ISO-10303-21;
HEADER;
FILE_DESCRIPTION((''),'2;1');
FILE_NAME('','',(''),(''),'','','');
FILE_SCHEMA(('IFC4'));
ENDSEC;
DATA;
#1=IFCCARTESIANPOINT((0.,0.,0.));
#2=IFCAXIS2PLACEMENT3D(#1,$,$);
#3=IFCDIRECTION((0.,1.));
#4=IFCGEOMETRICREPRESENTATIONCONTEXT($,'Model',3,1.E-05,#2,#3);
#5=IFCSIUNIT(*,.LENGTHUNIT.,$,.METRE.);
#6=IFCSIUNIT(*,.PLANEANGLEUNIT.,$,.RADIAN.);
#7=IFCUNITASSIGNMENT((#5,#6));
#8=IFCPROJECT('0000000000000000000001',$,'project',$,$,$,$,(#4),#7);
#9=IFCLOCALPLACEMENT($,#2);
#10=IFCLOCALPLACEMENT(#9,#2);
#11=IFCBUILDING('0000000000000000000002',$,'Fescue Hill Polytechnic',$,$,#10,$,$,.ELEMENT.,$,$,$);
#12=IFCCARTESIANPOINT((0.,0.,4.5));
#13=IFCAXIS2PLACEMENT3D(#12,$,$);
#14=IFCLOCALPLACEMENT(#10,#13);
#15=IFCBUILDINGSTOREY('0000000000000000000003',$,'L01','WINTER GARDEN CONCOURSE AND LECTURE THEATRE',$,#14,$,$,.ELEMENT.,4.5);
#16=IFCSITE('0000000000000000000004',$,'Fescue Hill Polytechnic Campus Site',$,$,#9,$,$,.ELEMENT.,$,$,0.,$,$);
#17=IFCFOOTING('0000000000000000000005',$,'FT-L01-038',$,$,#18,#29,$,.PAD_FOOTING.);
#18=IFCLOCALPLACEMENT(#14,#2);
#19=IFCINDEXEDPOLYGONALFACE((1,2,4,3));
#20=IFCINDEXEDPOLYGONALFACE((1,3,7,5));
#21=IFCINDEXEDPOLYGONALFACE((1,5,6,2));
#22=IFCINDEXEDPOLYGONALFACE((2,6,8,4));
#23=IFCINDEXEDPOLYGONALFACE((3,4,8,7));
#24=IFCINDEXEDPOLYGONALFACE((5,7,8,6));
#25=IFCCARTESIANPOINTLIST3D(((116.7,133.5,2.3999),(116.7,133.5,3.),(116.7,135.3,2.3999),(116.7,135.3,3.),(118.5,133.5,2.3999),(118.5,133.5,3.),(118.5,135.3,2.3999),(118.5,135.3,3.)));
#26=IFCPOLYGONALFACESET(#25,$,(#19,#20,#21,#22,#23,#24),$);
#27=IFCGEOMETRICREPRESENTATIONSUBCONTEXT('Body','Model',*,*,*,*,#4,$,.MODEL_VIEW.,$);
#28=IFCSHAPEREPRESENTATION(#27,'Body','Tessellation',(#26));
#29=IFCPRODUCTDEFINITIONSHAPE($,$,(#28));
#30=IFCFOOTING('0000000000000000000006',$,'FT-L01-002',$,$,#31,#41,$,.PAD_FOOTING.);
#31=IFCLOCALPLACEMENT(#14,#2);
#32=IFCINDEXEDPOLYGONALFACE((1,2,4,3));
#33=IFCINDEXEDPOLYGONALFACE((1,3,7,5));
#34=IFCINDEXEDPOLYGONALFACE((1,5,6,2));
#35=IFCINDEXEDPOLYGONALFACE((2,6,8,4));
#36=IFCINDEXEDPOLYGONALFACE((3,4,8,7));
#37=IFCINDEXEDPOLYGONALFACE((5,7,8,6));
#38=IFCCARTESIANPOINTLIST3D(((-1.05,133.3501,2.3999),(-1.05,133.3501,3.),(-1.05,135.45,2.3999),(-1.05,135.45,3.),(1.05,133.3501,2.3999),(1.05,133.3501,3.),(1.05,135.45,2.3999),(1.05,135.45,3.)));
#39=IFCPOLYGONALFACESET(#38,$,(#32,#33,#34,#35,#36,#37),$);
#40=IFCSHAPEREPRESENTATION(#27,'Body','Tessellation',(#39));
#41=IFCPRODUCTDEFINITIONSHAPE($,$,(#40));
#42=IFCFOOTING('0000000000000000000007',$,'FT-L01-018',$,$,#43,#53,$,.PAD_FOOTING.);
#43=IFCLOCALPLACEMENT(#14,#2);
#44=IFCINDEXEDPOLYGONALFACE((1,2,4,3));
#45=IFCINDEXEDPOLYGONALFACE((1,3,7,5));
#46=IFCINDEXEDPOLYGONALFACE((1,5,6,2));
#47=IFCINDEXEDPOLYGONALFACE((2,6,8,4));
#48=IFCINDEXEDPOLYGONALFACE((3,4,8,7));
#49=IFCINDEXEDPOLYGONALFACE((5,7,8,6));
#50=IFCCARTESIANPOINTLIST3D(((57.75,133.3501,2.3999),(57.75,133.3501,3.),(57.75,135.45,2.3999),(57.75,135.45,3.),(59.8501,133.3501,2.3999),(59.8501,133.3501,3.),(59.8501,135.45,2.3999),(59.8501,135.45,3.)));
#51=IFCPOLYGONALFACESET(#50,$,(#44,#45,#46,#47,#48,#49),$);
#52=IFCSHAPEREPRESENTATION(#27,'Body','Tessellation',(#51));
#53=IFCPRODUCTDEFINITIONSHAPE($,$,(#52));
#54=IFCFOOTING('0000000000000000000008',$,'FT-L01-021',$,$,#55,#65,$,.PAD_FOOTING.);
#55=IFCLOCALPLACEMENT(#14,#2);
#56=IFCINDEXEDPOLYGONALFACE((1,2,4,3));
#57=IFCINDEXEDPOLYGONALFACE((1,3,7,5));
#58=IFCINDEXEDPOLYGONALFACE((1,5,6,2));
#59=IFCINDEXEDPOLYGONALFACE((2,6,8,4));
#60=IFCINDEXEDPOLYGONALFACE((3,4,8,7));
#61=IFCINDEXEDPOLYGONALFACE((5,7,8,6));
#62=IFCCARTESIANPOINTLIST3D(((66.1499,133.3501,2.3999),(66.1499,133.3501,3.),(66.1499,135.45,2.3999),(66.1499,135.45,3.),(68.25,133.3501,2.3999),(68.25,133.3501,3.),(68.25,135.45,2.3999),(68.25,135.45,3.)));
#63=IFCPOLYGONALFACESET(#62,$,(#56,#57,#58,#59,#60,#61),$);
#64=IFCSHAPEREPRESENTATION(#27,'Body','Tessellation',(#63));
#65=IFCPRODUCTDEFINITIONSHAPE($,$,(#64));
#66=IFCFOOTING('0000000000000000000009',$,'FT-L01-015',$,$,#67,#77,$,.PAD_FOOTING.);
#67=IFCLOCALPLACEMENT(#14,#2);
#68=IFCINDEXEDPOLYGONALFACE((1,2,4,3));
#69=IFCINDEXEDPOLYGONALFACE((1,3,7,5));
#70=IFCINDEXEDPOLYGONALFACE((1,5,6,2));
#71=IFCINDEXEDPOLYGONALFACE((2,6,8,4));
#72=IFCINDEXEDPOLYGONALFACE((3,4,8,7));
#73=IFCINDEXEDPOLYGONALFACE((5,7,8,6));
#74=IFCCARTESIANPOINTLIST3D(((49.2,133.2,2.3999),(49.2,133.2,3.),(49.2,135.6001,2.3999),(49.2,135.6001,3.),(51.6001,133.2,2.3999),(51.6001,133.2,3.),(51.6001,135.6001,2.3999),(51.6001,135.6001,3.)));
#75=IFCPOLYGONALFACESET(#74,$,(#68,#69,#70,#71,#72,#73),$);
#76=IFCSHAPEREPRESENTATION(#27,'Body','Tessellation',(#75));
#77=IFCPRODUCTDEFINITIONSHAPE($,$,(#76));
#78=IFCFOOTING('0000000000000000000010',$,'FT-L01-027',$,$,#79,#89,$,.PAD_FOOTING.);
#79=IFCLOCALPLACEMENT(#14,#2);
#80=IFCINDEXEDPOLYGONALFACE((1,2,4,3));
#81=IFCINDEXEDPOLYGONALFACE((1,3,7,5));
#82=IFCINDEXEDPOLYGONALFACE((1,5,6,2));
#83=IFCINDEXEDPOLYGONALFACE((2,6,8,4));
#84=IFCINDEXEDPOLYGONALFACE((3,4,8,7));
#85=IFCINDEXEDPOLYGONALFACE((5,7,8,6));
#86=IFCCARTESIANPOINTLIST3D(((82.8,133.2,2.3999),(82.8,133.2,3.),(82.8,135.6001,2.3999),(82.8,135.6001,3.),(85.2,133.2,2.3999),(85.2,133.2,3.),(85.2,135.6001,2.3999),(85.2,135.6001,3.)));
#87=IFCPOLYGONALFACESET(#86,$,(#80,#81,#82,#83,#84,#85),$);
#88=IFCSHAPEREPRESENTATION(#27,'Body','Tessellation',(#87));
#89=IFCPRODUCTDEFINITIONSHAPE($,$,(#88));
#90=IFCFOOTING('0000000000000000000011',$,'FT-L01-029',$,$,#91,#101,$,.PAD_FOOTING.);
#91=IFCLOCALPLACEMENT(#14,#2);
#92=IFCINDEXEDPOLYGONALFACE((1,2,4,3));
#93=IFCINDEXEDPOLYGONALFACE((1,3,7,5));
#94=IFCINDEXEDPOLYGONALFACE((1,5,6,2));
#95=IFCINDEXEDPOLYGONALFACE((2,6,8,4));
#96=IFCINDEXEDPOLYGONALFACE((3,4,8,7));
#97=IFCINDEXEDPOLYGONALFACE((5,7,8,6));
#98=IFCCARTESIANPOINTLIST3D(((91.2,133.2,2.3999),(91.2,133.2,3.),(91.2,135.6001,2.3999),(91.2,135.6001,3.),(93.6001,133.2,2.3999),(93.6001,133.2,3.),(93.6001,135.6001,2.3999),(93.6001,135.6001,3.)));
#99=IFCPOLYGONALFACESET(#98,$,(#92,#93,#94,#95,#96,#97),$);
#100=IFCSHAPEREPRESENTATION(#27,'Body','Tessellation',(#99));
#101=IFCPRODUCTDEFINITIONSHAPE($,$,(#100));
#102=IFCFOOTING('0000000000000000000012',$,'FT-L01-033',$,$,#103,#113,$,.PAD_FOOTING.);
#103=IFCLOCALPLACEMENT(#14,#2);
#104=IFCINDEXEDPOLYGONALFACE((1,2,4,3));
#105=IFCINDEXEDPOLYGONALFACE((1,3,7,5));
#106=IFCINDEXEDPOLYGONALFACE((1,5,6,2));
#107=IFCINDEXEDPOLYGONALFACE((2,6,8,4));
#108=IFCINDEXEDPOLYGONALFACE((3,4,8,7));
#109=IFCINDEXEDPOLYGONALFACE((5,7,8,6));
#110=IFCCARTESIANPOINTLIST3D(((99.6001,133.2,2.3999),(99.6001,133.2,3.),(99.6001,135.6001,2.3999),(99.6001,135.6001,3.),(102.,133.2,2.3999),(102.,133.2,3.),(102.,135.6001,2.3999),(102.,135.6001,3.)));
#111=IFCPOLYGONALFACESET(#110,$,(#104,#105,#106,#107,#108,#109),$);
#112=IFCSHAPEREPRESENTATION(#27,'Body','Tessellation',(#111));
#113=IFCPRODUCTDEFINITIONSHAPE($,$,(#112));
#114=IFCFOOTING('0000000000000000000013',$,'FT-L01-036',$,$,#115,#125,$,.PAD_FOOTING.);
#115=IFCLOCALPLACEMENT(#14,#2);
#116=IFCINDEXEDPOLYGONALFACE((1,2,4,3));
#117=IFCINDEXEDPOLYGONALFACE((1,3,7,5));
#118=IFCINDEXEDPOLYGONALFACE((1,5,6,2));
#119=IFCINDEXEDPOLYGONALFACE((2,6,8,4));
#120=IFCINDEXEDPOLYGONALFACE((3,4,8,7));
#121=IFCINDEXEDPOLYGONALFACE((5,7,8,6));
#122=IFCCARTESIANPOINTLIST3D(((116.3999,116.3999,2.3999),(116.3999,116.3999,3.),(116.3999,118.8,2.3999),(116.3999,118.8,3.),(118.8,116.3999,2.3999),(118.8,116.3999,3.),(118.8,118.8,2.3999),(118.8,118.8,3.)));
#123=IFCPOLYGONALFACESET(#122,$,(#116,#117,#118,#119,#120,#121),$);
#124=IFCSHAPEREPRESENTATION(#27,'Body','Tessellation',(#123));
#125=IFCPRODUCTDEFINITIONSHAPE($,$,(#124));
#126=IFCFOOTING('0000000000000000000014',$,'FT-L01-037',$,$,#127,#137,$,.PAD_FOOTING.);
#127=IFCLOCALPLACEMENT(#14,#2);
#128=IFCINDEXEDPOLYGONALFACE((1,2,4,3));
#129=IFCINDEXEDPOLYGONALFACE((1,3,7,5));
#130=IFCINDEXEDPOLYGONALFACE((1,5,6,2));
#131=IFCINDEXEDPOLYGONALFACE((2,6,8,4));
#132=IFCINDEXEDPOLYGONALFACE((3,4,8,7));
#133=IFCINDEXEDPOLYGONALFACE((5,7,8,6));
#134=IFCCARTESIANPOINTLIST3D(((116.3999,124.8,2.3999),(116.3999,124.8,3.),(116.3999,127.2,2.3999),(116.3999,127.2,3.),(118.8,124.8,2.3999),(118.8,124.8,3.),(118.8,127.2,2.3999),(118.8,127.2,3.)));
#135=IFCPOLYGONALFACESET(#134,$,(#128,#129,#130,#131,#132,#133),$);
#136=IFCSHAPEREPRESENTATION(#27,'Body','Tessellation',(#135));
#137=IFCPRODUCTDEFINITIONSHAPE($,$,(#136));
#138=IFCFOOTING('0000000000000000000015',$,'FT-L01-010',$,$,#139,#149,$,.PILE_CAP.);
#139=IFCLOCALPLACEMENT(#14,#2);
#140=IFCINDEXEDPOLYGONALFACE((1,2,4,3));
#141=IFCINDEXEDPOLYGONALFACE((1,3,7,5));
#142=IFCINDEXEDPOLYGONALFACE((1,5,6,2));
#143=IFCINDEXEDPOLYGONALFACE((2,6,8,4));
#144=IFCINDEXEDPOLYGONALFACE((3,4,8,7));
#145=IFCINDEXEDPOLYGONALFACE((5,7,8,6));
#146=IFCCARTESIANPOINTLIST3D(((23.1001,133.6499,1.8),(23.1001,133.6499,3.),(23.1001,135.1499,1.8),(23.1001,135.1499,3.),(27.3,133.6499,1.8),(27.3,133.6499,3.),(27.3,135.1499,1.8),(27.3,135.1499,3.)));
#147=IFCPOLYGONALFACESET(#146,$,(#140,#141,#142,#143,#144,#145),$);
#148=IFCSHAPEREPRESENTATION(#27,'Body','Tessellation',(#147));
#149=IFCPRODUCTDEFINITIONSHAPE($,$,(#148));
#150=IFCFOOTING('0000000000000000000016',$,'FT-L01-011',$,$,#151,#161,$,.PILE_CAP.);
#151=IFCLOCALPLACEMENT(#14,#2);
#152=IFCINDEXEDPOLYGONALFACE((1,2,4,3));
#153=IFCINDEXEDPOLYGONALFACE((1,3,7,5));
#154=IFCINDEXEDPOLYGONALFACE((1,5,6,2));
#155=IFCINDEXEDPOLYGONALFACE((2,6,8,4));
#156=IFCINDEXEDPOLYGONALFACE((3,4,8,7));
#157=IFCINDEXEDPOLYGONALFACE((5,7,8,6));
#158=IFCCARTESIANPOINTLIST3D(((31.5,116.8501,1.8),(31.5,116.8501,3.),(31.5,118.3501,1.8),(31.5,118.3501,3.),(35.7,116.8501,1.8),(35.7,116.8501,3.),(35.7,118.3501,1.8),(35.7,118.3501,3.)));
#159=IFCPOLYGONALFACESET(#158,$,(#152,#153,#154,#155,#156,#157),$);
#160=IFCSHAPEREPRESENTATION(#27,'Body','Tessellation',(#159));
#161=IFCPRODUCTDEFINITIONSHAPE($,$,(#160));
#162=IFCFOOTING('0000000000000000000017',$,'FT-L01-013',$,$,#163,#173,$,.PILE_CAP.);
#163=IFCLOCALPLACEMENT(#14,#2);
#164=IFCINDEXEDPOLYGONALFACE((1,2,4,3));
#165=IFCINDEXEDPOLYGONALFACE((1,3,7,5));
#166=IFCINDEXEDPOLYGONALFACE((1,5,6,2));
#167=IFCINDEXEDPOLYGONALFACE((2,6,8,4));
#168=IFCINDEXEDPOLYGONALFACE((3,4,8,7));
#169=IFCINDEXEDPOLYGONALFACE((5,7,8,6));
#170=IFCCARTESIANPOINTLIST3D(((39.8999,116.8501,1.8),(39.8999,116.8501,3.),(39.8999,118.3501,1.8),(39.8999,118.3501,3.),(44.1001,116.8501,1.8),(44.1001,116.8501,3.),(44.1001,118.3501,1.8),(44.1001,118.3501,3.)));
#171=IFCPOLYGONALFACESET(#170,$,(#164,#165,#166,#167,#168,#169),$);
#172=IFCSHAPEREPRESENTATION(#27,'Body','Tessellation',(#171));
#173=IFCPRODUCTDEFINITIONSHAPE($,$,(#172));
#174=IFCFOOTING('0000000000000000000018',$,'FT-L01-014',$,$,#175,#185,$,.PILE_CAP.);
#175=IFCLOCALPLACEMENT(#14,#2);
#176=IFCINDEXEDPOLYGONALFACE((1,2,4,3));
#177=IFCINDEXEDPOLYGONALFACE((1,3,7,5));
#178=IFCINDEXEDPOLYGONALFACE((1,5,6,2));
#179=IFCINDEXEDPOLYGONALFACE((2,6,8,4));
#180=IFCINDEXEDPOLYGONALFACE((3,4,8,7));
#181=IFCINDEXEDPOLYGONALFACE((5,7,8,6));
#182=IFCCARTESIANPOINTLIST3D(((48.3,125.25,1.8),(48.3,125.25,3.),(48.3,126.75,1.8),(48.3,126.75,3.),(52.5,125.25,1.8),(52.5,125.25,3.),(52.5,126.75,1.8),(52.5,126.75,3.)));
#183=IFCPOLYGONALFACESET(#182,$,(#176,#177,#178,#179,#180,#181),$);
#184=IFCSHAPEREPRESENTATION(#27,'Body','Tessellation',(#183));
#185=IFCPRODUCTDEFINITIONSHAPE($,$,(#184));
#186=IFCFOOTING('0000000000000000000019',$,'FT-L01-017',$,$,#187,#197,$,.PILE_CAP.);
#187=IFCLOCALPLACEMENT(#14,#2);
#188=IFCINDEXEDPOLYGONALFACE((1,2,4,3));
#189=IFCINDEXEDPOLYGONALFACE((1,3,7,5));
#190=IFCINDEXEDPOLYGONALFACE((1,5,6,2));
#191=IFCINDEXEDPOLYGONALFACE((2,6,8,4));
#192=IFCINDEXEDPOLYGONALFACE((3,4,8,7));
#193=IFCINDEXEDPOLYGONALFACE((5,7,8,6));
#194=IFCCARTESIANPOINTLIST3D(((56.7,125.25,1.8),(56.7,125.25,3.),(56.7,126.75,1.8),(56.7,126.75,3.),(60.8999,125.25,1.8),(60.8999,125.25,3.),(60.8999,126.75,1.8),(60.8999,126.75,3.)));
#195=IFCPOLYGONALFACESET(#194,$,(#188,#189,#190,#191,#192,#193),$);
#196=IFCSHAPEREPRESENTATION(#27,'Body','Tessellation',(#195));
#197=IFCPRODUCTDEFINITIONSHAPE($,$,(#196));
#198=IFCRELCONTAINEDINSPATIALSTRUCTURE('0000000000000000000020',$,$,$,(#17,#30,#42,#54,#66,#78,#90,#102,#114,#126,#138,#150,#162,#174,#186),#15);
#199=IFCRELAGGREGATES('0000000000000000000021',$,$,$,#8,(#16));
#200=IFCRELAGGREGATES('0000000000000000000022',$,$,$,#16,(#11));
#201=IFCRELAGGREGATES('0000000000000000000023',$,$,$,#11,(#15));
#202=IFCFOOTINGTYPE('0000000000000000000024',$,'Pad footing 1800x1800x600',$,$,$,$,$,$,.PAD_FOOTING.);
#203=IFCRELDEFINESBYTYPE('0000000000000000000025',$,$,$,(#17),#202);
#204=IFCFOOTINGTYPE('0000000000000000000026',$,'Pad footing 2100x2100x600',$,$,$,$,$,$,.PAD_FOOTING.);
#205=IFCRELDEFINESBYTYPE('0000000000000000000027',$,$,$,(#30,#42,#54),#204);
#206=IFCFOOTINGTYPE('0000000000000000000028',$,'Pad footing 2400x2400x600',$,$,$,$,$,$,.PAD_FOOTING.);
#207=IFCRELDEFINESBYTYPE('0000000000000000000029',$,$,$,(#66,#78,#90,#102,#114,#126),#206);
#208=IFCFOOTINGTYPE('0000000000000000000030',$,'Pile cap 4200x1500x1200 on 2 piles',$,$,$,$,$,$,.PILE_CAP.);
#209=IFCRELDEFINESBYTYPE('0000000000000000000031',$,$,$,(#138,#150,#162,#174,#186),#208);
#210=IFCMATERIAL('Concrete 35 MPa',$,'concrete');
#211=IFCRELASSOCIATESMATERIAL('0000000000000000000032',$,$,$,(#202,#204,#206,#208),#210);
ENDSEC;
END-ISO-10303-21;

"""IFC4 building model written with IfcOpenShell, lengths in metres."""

from ifc_helpers import new_model, si_unit, direction, frame, origin, place, context, subcontext, project, spatial, polyline, outline, extrude, material, type_object, element, save


model = new_model("IFC4")

# Units and contexts
model_context = context("Model", 3, precision=1e-05, world=origin(), true_north=direction((0.0, 1.0)))
body_context = subcontext(model_context, "Body", "Model", "MODEL_VIEW")
ifc_project = project(units=[si_unit("LENGTHUNIT", "METRE"), si_unit("PLANEANGLEUNIT", "RADIAN")], contexts=[model_context])

# Site, building, storey
site_placement = place(None, origin())
site = spatial("IfcSite", under=ifc_project, at=site_placement, Name="Fescue Hill Polytechnic Campus Site", CompositionType="ELEMENT", RefElevation=0.0)
building_placement = place(site_placement, origin())
building = spatial("IfcBuilding", under=site, at=building_placement, Name="Fescue Hill Polytechnic", CompositionType="ELEMENT")
storey_placement = place(building_placement, frame((0.0, 0.0, 4.5)))
storey = spatial("IfcBuildingStorey", under=building, at=storey_placement, Name="L01", Description="WINTER GARDEN CONCOURSE AND LECTURE THEATRE", CompositionType="ELEMENT", Elevation=4.5)

# Footings
ifc_material_1 = material(Name="Concrete 35 MPa", Category="concrete")
footing_type_1 = type_object("IfcFootingType", Name="Pad footing 1800x1800x600", PredefinedType="PAD_FOOTING", material=ifc_material_1)
footing_1_placement = place(storey_placement, frame((0.0, 0.0, 2.3999)))
element("IfcFooting", 1, at=footing_1_placement, inside=storey, type_object=footing_type_1, Name="FT-L01-038", PredefinedType="PAD_FOOTING", context=body_context, shape_type="SweptSolid", body=[
    extrude(outline(polyline([(118.5, 133.5), (118.5, 135.3), (116.7, 135.3), (116.7, 133.5), (118.5, 133.5)])), origin(), (0.0, 0.0, 1.0), 0.6001),
])
footing_type_2 = type_object("IfcFootingType", Name="Pad footing 2100x2100x600", PredefinedType="PAD_FOOTING", material=ifc_material_1)
footing_2_placement = place(storey_placement, frame((0.0, 0.0, 2.3999)))
element("IfcFooting", 2, at=footing_2_placement, inside=storey, type_object=footing_type_2, Name="FT-L01-002", PredefinedType="PAD_FOOTING", context=body_context, shape_type="SweptSolid", body=[
    extrude(outline(polyline([(1.05, 133.3501), (1.05, 135.45), (-1.05, 135.45), (-1.05, 133.3501), (1.05, 133.3501)])), origin(), (0.0, 0.0, 1.0), 0.6001),
])
footing_3_placement = place(storey_placement, frame((0.0, 0.0, 2.3999)))
element("IfcFooting", 3, at=footing_3_placement, inside=storey, type_object=footing_type_2, Name="FT-L01-018", PredefinedType="PAD_FOOTING", context=body_context, shape_type="SweptSolid", body=[
    extrude(outline(polyline([(59.8501, 133.3501), (59.8501, 135.45), (57.75, 135.45), (57.75, 133.3501), (59.8501, 133.3501)])), origin(), (0.0, 0.0, 1.0), 0.6001),
])
footing_4_placement = place(storey_placement, frame((0.0, 0.0, 2.3999)))
element("IfcFooting", 4, at=footing_4_placement, inside=storey, type_object=footing_type_2, Name="FT-L01-021", PredefinedType="PAD_FOOTING", context=body_context, shape_type="SweptSolid", body=[
    extrude(outline(polyline([(68.25, 133.3501), (68.25, 135.45), (66.1499, 135.45), (66.1499, 133.3501), (68.25, 133.3501)])), origin(), (0.0, 0.0, 1.0), 0.6001),
])
footing_type_3 = type_object("IfcFootingType", Name="Pad footing 2400x2400x600", PredefinedType="PAD_FOOTING", material=ifc_material_1)
footing_5_placement = place(storey_placement, frame((0.0, 0.0, 2.3999)))
element("IfcFooting", 5, at=footing_5_placement, inside=storey, type_object=footing_type_3, Name="FT-L01-015", PredefinedType="PAD_FOOTING", context=body_context, shape_type="SweptSolid", body=[
    extrude(outline(polyline([(51.6001, 133.2), (51.6001, 135.6001), (49.2, 135.6001), (49.2, 133.2), (51.6001, 133.2)])), origin(), (0.0, 0.0, 1.0), 0.6001),
])
footing_6_placement = place(storey_placement, frame((0.0, 0.0, 2.3999)))
element("IfcFooting", 6, at=footing_6_placement, inside=storey, type_object=footing_type_3, Name="FT-L01-027", PredefinedType="PAD_FOOTING", context=body_context, shape_type="SweptSolid", body=[
    extrude(outline(polyline([(85.2, 133.2), (85.2, 135.6001), (82.8, 135.6001), (82.8, 133.2), (85.2, 133.2)])), origin(), (0.0, 0.0, 1.0), 0.6001),
])
footing_7_placement = place(storey_placement, frame((0.0, 0.0, 2.3999)))
element("IfcFooting", 7, at=footing_7_placement, inside=storey, type_object=footing_type_3, Name="FT-L01-029", PredefinedType="PAD_FOOTING", context=body_context, shape_type="SweptSolid", body=[
    extrude(outline(polyline([(93.6001, 133.2), (93.6001, 135.6001), (91.2, 135.6001), (91.2, 133.2), (93.6001, 133.2)])), origin(), (0.0, 0.0, 1.0), 0.6001),
])
footing_8_placement = place(storey_placement, frame((0.0, 0.0, 2.3999)))
element("IfcFooting", 8, at=footing_8_placement, inside=storey, type_object=footing_type_3, Name="FT-L01-033", PredefinedType="PAD_FOOTING", context=body_context, shape_type="SweptSolid", body=[
    extrude(outline(polyline([(102.0, 133.2), (102.0, 135.6001), (99.6001, 135.6001), (99.6001, 133.2), (102.0, 133.2)])), origin(), (0.0, 0.0, 1.0), 0.6001),
])
footing_9_placement = place(storey_placement, frame((0.0, 0.0, 2.3999)))
element("IfcFooting", 9, at=footing_9_placement, inside=storey, type_object=footing_type_3, Name="FT-L01-036", PredefinedType="PAD_FOOTING", context=body_context, shape_type="SweptSolid", body=[
    extrude(outline(polyline([(118.8, 116.3999), (118.8, 118.8), (116.3999, 118.8), (116.3999, 116.3999), (118.8, 116.3999)])), origin(), (0.0, 0.0, 1.0), 0.6001),
])
footing_10_placement = place(storey_placement, frame((0.0, 0.0, 2.3999)))
element("IfcFooting", 10, at=footing_10_placement, inside=storey, type_object=footing_type_3, Name="FT-L01-037", PredefinedType="PAD_FOOTING", context=body_context, shape_type="SweptSolid", body=[
    extrude(outline(polyline([(118.8, 124.8), (118.8, 127.2), (116.3999, 127.2), (116.3999, 124.8), (118.8, 124.8)])), origin(), (0.0, 0.0, 1.0), 0.6001),
])
footing_type_4 = type_object("IfcFootingType", Name="Pile cap 4200x1500x1200 on 2 piles", PredefinedType="PILE_CAP", material=ifc_material_1)
footing_11_placement = place(storey_placement, frame((0.0, 0.0, 1.8)))
element("IfcFooting", 11, at=footing_11_placement, inside=storey, type_object=footing_type_4, Name="FT-L01-010", PredefinedType="PILE_CAP", context=body_context, shape_type="SweptSolid", body=[
    extrude(outline(polyline([(27.3, 133.6499), (27.3, 135.1499), (23.1001, 135.1499), (23.1001, 133.6499), (27.3, 133.6499)])), origin(), (0.0, 0.0, 1.0), 1.2),
])
footing_12_placement = place(storey_placement, frame((0.0, 0.0, 1.8)))
element("IfcFooting", 12, at=footing_12_placement, inside=storey, type_object=footing_type_4, Name="FT-L01-011", PredefinedType="PILE_CAP", context=body_context, shape_type="SweptSolid", body=[
    extrude(outline(polyline([(35.7, 116.8501), (35.7, 118.3501), (31.5, 118.3501), (31.5, 116.8501), (35.7, 116.8501)])), origin(), (0.0, 0.0, 1.0), 1.2),
])
footing_13_placement = place(storey_placement, frame((0.0, 0.0, 1.8)))
element("IfcFooting", 13, at=footing_13_placement, inside=storey, type_object=footing_type_4, Name="FT-L01-013", PredefinedType="PILE_CAP", context=body_context, shape_type="SweptSolid", body=[
    extrude(outline(polyline([(44.1001, 116.8501), (44.1001, 118.3501), (39.8999, 118.3501), (39.8999, 116.8501), (44.1001, 116.8501)])), origin(), (0.0, 0.0, 1.0), 1.2),
])
footing_14_placement = place(storey_placement, frame((0.0, 0.0, 1.8)))
element("IfcFooting", 14, at=footing_14_placement, inside=storey, type_object=footing_type_4, Name="FT-L01-014", PredefinedType="PILE_CAP", context=body_context, shape_type="SweptSolid", body=[
    extrude(outline(polyline([(52.5, 125.25), (52.5, 126.75), (48.3, 126.75), (48.3, 125.25), (52.5, 125.25)])), origin(), (0.0, 0.0, 1.0), 1.2),
])
footing_15_placement = place(storey_placement, frame((0.0, 0.0, 1.8)))
element("IfcFooting", 15, at=footing_15_placement, inside=storey, type_object=footing_type_4, Name="FT-L01-017", PredefinedType="PILE_CAP", context=body_context, shape_type="SweptSolid", body=[
    extrude(outline(polyline([(60.8999, 125.25), (60.8999, 126.75), (56.7, 126.75), (56.7, 125.25), (60.8999, 125.25)])), origin(), (0.0, 0.0, 1.0), 1.2),
])

save(model, "model.ifc")
